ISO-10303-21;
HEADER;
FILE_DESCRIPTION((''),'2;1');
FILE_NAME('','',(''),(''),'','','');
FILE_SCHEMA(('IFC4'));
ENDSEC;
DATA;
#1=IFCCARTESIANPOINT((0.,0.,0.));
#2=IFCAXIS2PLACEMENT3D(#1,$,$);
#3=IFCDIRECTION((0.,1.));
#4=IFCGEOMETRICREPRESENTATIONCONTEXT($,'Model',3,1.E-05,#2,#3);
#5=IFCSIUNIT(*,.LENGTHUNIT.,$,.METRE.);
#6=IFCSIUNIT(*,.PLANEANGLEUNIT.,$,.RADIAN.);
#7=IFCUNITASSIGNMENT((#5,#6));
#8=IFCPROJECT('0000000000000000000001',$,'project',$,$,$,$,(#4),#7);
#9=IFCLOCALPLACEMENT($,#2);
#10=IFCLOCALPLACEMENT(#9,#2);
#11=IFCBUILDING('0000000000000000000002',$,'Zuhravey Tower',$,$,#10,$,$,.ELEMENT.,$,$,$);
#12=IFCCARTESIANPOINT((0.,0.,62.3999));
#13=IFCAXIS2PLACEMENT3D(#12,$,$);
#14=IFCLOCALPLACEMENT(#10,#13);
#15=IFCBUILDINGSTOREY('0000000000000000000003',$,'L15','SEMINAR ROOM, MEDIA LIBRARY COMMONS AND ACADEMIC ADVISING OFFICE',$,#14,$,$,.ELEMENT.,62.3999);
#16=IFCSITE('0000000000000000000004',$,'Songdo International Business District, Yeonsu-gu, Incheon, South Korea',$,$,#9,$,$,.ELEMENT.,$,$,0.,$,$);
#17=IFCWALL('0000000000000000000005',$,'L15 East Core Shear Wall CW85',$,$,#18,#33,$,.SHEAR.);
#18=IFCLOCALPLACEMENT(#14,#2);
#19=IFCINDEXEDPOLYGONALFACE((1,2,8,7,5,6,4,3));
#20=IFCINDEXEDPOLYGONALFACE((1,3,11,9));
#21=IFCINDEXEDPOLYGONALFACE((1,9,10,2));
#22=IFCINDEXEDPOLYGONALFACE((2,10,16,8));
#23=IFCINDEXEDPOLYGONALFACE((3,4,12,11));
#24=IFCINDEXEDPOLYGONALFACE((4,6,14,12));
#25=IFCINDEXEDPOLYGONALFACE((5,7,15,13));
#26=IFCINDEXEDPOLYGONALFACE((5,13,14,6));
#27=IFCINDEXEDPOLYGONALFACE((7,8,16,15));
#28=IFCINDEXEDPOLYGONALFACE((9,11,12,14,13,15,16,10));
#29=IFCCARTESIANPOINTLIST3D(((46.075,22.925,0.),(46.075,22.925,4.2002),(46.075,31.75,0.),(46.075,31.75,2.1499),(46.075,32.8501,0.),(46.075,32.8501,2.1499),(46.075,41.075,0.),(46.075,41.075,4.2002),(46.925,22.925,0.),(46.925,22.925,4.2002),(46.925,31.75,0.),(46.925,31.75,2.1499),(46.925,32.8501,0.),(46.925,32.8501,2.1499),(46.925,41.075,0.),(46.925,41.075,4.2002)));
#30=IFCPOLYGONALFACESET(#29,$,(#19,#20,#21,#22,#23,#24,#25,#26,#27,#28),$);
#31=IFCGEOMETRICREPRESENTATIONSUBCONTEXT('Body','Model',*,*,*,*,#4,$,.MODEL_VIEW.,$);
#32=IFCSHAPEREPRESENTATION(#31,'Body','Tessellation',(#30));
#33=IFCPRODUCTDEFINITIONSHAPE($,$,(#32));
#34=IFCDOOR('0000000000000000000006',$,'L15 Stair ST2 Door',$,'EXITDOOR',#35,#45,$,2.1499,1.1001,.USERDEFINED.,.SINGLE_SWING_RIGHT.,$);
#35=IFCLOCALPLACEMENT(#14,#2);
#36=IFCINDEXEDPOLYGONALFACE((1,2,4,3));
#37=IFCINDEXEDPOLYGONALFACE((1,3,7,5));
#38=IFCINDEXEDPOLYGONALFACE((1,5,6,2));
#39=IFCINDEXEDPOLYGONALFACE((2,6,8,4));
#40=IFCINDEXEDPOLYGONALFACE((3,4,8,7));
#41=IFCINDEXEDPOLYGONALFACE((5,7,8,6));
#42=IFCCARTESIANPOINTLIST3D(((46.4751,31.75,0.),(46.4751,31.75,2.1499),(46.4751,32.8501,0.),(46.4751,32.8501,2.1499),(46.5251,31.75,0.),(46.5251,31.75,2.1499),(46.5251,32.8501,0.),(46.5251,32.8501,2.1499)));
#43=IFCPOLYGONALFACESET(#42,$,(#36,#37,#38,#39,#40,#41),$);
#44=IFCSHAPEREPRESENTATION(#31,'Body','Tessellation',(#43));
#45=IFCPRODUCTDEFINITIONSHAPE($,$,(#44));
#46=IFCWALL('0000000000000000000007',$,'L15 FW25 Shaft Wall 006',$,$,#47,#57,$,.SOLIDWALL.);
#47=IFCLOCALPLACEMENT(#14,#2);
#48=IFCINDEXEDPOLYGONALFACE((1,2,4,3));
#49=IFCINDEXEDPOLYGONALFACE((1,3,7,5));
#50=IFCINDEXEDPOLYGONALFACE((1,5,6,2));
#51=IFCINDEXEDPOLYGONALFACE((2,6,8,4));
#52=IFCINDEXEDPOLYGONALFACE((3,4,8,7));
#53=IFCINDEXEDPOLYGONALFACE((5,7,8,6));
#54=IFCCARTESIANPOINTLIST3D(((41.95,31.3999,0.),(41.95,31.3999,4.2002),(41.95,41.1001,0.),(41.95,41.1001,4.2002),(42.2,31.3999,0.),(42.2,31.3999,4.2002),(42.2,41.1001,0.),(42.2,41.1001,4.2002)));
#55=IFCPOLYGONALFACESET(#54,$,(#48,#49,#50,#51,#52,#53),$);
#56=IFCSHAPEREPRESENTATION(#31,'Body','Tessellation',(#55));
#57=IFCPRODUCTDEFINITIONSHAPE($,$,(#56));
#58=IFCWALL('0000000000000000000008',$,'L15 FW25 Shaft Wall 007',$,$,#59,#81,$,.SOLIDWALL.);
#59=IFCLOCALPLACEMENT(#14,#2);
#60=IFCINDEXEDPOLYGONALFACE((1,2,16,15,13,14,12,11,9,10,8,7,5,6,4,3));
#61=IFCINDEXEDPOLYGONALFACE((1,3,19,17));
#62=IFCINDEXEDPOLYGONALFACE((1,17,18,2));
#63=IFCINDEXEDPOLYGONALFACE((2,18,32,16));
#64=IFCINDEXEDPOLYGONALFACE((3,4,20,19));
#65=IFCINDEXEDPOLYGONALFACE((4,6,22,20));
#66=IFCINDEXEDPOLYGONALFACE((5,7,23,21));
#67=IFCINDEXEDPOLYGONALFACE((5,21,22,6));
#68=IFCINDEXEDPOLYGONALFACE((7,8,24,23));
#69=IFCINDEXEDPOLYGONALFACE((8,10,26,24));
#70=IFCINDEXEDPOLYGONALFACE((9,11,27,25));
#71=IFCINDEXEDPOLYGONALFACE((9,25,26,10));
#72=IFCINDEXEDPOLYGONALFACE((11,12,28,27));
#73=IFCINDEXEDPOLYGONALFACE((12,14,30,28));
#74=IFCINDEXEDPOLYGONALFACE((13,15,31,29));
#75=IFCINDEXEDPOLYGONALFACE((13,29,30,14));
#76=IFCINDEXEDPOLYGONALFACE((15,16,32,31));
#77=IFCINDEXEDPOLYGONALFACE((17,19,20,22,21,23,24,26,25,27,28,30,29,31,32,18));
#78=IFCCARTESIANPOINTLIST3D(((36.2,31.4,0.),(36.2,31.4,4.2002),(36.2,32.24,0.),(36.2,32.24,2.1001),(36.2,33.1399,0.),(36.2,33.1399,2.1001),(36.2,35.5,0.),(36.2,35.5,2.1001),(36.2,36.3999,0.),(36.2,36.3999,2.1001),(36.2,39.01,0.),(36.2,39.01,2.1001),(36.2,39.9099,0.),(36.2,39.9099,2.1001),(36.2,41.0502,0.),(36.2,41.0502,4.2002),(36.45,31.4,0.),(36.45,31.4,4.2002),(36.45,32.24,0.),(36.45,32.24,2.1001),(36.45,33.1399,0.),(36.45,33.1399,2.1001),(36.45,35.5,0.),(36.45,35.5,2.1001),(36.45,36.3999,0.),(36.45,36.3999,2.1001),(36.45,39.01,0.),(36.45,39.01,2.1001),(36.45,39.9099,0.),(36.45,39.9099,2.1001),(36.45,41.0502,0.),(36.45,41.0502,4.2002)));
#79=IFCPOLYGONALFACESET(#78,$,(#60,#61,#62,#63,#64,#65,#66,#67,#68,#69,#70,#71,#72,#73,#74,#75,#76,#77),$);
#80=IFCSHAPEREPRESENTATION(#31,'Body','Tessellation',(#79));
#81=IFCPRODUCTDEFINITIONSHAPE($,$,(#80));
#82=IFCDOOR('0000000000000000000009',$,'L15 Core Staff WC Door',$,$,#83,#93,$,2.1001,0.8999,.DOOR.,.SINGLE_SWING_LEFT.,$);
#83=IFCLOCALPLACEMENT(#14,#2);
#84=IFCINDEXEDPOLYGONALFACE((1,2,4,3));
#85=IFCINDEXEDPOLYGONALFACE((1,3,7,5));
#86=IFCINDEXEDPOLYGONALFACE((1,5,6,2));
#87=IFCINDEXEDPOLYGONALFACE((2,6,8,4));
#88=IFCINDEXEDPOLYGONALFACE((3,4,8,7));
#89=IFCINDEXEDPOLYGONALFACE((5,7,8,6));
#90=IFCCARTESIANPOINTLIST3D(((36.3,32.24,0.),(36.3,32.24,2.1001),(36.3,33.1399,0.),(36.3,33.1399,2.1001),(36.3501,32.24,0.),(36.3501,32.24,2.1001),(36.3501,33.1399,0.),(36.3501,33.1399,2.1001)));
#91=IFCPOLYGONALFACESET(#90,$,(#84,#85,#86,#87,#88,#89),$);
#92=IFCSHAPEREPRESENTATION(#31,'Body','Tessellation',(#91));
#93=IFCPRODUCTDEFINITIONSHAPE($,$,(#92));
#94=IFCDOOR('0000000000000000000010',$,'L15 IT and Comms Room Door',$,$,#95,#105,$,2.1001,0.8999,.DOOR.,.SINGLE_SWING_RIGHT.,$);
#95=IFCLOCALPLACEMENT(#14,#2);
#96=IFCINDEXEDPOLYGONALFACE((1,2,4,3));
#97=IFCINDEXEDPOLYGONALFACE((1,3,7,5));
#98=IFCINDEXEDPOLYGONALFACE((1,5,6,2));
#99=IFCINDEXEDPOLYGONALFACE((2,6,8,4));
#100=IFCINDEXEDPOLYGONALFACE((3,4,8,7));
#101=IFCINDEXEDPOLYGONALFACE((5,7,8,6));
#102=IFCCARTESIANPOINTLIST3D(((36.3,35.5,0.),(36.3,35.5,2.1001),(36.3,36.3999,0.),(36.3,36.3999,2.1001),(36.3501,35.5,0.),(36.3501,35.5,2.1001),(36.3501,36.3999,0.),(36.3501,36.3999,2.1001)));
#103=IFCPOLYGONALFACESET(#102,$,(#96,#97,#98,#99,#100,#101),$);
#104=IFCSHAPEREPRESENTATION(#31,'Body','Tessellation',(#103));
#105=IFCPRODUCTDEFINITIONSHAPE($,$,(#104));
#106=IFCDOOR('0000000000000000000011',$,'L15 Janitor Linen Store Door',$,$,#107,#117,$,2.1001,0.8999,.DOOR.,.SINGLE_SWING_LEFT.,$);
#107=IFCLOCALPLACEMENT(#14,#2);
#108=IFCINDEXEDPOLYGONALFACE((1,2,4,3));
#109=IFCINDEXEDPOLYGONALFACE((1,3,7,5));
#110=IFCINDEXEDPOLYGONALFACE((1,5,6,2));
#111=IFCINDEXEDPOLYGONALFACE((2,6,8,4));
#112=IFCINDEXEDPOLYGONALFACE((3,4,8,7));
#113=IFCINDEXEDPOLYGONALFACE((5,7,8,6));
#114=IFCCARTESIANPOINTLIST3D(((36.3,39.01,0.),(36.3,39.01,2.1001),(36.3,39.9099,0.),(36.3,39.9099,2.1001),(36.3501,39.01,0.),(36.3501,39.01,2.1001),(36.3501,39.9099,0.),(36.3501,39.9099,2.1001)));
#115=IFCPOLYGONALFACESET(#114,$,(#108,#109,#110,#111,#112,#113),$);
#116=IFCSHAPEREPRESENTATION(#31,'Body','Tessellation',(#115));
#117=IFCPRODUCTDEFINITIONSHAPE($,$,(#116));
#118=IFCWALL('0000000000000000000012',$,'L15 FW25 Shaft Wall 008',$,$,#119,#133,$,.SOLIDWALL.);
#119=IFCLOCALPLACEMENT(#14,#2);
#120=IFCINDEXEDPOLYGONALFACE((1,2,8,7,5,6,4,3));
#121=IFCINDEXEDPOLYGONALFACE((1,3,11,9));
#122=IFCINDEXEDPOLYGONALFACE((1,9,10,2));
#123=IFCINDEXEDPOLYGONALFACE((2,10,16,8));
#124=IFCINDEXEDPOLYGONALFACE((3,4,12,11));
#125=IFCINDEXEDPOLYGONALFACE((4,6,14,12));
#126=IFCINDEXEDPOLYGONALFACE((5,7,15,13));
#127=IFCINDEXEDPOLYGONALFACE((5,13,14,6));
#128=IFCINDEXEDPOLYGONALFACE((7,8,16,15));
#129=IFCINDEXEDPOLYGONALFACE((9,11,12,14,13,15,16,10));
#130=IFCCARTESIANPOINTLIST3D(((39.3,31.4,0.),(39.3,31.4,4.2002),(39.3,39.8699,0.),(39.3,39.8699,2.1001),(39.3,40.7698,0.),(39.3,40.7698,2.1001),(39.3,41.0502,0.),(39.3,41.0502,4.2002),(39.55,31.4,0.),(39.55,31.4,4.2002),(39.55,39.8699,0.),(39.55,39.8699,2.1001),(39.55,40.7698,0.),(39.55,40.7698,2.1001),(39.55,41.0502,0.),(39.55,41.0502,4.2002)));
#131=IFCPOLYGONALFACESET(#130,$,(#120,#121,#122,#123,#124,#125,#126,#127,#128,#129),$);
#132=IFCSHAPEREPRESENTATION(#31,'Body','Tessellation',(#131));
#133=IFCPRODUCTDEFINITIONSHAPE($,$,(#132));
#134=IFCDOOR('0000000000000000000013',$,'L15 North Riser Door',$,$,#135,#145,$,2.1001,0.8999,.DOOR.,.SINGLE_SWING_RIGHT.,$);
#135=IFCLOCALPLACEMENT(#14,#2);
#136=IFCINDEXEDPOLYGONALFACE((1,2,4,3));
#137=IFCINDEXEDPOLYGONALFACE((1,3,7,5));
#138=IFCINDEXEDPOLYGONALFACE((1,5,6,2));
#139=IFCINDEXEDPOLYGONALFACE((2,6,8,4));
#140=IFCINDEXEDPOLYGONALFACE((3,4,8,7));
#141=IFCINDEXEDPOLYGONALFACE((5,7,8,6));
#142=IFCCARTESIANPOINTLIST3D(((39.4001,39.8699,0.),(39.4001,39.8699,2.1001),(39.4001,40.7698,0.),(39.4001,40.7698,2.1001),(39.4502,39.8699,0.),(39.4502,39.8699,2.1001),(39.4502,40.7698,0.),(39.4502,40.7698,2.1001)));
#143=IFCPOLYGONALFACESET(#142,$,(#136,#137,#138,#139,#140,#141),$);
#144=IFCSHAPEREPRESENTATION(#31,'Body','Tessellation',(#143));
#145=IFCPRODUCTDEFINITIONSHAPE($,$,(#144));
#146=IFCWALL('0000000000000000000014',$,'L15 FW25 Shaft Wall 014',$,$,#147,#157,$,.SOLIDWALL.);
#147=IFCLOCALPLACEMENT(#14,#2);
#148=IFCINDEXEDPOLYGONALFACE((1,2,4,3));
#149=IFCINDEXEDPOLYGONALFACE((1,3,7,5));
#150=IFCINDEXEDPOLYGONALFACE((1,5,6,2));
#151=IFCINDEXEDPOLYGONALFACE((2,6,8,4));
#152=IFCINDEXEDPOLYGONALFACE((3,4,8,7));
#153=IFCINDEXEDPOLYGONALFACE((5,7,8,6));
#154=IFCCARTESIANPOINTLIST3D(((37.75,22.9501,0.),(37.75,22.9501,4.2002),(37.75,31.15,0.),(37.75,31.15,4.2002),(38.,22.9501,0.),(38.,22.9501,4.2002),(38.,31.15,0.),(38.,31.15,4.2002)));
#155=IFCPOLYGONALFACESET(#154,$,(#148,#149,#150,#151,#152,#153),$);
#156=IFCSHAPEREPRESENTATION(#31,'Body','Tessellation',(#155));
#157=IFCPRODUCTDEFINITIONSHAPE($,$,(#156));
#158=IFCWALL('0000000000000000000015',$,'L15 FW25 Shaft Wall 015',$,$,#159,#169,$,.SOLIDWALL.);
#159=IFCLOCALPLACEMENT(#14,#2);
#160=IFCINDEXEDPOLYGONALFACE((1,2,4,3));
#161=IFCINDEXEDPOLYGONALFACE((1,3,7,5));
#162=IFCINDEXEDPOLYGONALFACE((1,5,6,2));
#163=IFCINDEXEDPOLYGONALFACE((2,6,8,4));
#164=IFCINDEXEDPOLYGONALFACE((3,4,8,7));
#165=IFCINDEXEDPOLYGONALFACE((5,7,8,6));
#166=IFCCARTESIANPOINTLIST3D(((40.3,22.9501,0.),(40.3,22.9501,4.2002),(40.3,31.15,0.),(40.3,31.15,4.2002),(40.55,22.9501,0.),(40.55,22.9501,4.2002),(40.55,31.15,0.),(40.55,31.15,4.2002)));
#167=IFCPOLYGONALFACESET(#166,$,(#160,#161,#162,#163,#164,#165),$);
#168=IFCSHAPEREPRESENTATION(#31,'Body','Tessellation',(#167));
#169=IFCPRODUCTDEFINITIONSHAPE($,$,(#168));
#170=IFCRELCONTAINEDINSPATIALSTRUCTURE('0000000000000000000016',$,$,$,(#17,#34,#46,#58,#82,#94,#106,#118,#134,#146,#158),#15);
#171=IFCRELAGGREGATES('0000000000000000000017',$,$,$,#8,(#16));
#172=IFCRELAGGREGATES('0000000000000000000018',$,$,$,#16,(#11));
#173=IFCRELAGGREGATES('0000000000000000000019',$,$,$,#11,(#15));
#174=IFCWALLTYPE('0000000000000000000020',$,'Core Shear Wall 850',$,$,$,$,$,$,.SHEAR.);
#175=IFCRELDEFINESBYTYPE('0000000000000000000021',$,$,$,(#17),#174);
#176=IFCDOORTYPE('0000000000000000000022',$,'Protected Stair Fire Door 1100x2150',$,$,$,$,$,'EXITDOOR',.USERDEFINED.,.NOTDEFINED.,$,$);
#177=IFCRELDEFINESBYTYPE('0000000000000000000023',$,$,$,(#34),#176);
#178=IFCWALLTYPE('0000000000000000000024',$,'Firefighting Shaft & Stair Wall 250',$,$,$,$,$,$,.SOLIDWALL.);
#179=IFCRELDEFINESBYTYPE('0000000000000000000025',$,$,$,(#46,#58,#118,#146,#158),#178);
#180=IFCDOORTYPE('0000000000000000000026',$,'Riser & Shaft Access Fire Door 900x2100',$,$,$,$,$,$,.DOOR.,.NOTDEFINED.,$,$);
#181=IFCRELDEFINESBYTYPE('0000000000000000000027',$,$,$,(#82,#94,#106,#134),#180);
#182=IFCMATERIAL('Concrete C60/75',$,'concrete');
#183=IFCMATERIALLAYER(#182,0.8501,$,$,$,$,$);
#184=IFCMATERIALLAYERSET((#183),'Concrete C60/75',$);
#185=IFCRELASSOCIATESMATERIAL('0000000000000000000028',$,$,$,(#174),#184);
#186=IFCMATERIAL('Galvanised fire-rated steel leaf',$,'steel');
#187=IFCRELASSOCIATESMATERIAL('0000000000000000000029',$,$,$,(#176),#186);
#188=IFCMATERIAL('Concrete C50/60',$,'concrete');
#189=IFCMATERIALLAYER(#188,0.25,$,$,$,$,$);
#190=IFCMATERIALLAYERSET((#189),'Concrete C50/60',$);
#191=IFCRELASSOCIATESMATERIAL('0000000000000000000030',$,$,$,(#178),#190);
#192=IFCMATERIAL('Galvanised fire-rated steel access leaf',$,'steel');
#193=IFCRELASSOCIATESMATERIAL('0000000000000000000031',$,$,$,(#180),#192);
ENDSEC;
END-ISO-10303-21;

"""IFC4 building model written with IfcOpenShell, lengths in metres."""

from ifc_helpers import new_model, si_unit, direction, frame, frame_2d, origin, place, context, subcontext, project, spatial, rectangle, extrude, material, layer, layer_set, type_object, element, fill, save


model = new_model("IFC4")

# Units and contexts
model_context = context("Model", 3, precision=1e-05, world=origin(), true_north=direction((0.0, 1.0)))
body_context = subcontext(model_context, "Body", "Model", "MODEL_VIEW")
ifc_project = project(units=[si_unit("LENGTHUNIT", "METRE"), si_unit("PLANEANGLEUNIT", "RADIAN")], contexts=[model_context])

# Site, building, storey
site_placement = place(None, origin())
site = spatial("IfcSite", under=ifc_project, at=site_placement, Name="Songdo International Business District, Yeonsu-gu, Incheon, South Korea", CompositionType="ELEMENT", RefElevation=0.0)
building_placement = place(site_placement, origin())
building = spatial("IfcBuilding", under=site, at=building_placement, Name="Zuhravey Tower", CompositionType="ELEMENT")
storey_placement = place(building_placement, frame((0.0, 0.0, 62.3999)))
storey = spatial("IfcBuildingStorey", under=building, at=storey_placement, Name="L15", Description="SEMINAR ROOM, MEDIA LIBRARY COMMONS AND ACADEMIC ADVISING OFFICE", CompositionType="ELEMENT", Elevation=62.3999)

# Wall, opening, door
ifc_material_1 = material(Name="Concrete C60/75", Category="concrete")
ifc_layer_1 = layer(ifc_material_1, 0.8501)
ifc_layer_set_1 = layer_set([ifc_layer_1], Name="Concrete C60/75")
wall_type_1 = type_object("IfcWallType", Name="Core Shear Wall 850", PredefinedType="SHEAR", material=ifc_layer_set_1)
wall_1_placement = place(storey_placement, frame((46.5, 22.925, 0.0), z_axis=(0.0, 0.0, 1.0), x_axis=(0.0, 1.0, 0.0)))
wall_1 = element("IfcWall", 1, at=wall_1_placement, inside=storey, type_object=wall_type_1, Name="L15 East Core Shear Wall CW85", PredefinedType="SHEAR", context=body_context, shape_type="SweptSolid", body=[
    extrude(rectangle(XDim=18.1499, YDim=0.8501, at=frame_2d((9.075, 0.0))), origin(), (0.0, 0.0, 1.0), 4.2002),
])
opening_1_placement = place(wall_1_placement, frame((8.825, 0.0, 0.0)))
opening_1 = element("IfcOpeningElement", 2, at=opening_1_placement, cuts=wall_1, PredefinedType="OPENING", context=body_context, shape_type="SweptSolid", body=[
    extrude(rectangle(XDim=1.1001, YDim=2.1499, at=frame_2d((0.55, 1.075))), frame((0.0, 0.437, 0.0), z_axis=(0.0, -1.0, 0.0), x_axis=(1.0, 0.0, 0.0)), (0.0, 0.0, 1.0), 0.874),
])
ifc_material_2 = material(Name="Galvanised fire-rated steel leaf", Category="steel")
door_type_1 = type_object("IfcDoorType", Name="Protected Stair Fire Door 1100x2150", ElementType="EXITDOOR", OperationType="NOTDEFINED", PredefinedType="USERDEFINED", material=ifc_material_2)
door_1_placement = place(opening_1_placement, origin())
door_1 = element("IfcDoor", 3, at=door_1_placement, inside=storey, type_object=door_type_1, Name="L15 Stair ST2 Door", ObjectType="EXITDOOR", OperationType="SINGLE_SWING_RIGHT", OverallHeight=2.1499, OverallWidth=1.1001, PredefinedType="USERDEFINED", context=body_context, shape_type="SweptSolid", body=[
    extrude(rectangle(XDim=1.1001, YDim=2.1499, at=frame_2d((0.55, 1.075))), frame((0.0, 0.0249, 0.0), z_axis=(0.0, -1.0, 0.0), x_axis=(1.0, 0.0, 0.0)), (0.0, 0.0, 1.0), 0.05),
])
fill(opening_1, door_1)

# Wall
ifc_material_3 = material(Name="Concrete C50/60", Category="concrete")
ifc_layer_2 = layer(ifc_material_3, 0.25)
ifc_layer_set_2 = layer_set([ifc_layer_2], Name="Concrete C50/60")
wall_type_2 = type_object("IfcWallType", Name="Firefighting Shaft & Stair Wall 250", PredefinedType="SOLIDWALL", material=ifc_layer_set_2)
wall_2_placement = place(storey_placement, frame((42.075, 31.3999, 0.0), z_axis=(0.0, 0.0, 1.0), x_axis=(0.0, 1.0, 0.0)))
element("IfcWall", 4, at=wall_2_placement, inside=storey, type_object=wall_type_2, Name="L15 FW25 Shaft Wall 006", PredefinedType="SOLIDWALL", context=body_context, shape_type="SweptSolid", body=[
    extrude(rectangle(XDim=9.7002, YDim=0.25, at=frame_2d((4.8501, 0.0))), origin(), (0.0, 0.0, 1.0), 4.2002),
])

# Wall, openings, doors
wall_3_placement = place(storey_placement, frame((36.325, 31.3999, 0.0), z_axis=(0.0, 0.0, 1.0), x_axis=(0.0, 1.0, 0.0)))
wall_3 = element("IfcWall", 5, at=wall_3_placement, inside=storey, type_object=wall_type_2, Name="L15 FW25 Shaft Wall 007", PredefinedType="SOLIDWALL", context=body_context, shape_type="SweptSolid", body=[
    extrude(rectangle(XDim=9.6501, YDim=0.25, at=frame_2d((4.8252, 0.0))), origin(), (0.0, 0.0, 1.0), 4.2002),
])
opening_2_placement = place(wall_3_placement, frame((0.8401, 0.0, 0.0)))
opening_2 = element("IfcOpeningElement", 6, at=opening_2_placement, cuts=wall_3, PredefinedType="OPENING", context=body_context, shape_type="SweptSolid", body=[
    extrude(rectangle(XDim=0.8999, YDim=2.1001, at=frame_2d((0.45, 1.05))), frame((0.0, 0.137, 0.0), z_axis=(0.0, -1.0, 0.0), x_axis=(1.0, 0.0, 0.0)), (0.0, 0.0, 1.0), 0.2739),
])
opening_3_placement = place(wall_3_placement, frame((4.1001, 0.0, 0.0)))
opening_3 = element("IfcOpeningElement", 7, at=opening_3_placement, cuts=wall_3, PredefinedType="OPENING", context=body_context, shape_type="SweptSolid", body=[
    extrude(rectangle(XDim=0.8999, YDim=2.1001, at=frame_2d((0.45, 1.05))), frame((0.0, 0.137, 0.0), z_axis=(0.0, -1.0, 0.0), x_axis=(1.0, 0.0, 0.0)), (0.0, 0.0, 1.0), 0.2739),
])
opening_4_placement = place(wall_3_placement, frame((7.6101, 0.0, 0.0)))
opening_4 = element("IfcOpeningElement", 8, at=opening_4_placement, cuts=wall_3, PredefinedType="OPENING", context=body_context, shape_type="SweptSolid", body=[
    extrude(rectangle(XDim=0.8999, YDim=2.1001, at=frame_2d((0.45, 1.05))), frame((0.0, 0.137, 0.0), z_axis=(0.0, -1.0, 0.0), x_axis=(1.0, 0.0, 0.0)), (0.0, 0.0, 1.0), 0.2739),
])
ifc_material_4 = material(Name="Galvanised fire-rated steel access leaf", Category="steel")
door_type_2 = type_object("IfcDoorType", Name="Riser & Shaft Access Fire Door 900x2100", OperationType="NOTDEFINED", PredefinedType="DOOR", material=ifc_material_4)
door_2_placement = place(opening_2_placement, origin())
door_2 = element("IfcDoor", 9, at=door_2_placement, inside=storey, type_object=door_type_2, Name="L15 Core Staff WC Door", OperationType="SINGLE_SWING_LEFT", OverallHeight=2.1001, OverallWidth=0.8999, PredefinedType="DOOR", context=body_context, shape_type="SweptSolid", body=[
    extrude(rectangle(XDim=0.8999, YDim=2.1001, at=frame_2d((0.45, 1.05))), frame((0.0, 0.0249, 0.0), z_axis=(0.0, -1.0, 0.0), x_axis=(1.0, 0.0, 0.0)), (0.0, 0.0, 1.0), 0.05),
])
fill(opening_2, door_2)
door_3_placement = place(opening_3_placement, origin())
door_3 = element("IfcDoor", 10, at=door_3_placement, inside=storey, type_object=door_type_2, Name="L15 IT and Comms Room Door", OperationType="SINGLE_SWING_RIGHT", OverallHeight=2.1001, OverallWidth=0.8999, PredefinedType="DOOR", context=body_context, shape_type="SweptSolid", body=[
    extrude(rectangle(XDim=0.8999, YDim=2.1001, at=frame_2d((0.45, 1.05))), frame((0.0, 0.0249, 0.0), z_axis=(0.0, -1.0, 0.0), x_axis=(1.0, 0.0, 0.0)), (0.0, 0.0, 1.0), 0.05),
])
fill(opening_3, door_3)
door_4_placement = place(opening_4_placement, origin())
door_4 = element("IfcDoor", 11, at=door_4_placement, inside=storey, type_object=door_type_2, Name="L15 Janitor Linen Store Door", OperationType="SINGLE_SWING_LEFT", OverallHeight=2.1001, OverallWidth=0.8999, PredefinedType="DOOR", context=body_context, shape_type="SweptSolid", body=[
    extrude(rectangle(XDim=0.8999, YDim=2.1001, at=frame_2d((0.45, 1.05))), frame((0.0, 0.0249, 0.0), z_axis=(0.0, -1.0, 0.0), x_axis=(1.0, 0.0, 0.0)), (0.0, 0.0, 1.0), 0.05),
])
fill(opening_4, door_4)

# Wall, opening, door
wall_4_placement = place(storey_placement, frame((39.425, 31.3999, 0.0), z_axis=(0.0, 0.0, 1.0), x_axis=(0.0, 1.0, 0.0)))
wall_4 = element("IfcWall", 12, at=wall_4_placement, inside=storey, type_object=wall_type_2, Name="L15 FW25 Shaft Wall 008", PredefinedType="SOLIDWALL", context=body_context, shape_type="SweptSolid", body=[
    extrude(rectangle(XDim=9.6501, YDim=0.25, at=frame_2d((4.8252, 0.0))), origin(), (0.0, 0.0, 1.0), 4.2002),
])
opening_5_placement = place(wall_4_placement, frame((8.47, 0.0, 0.0)))
opening_5 = element("IfcOpeningElement", 13, at=opening_5_placement, cuts=wall_4, PredefinedType="OPENING", context=body_context, shape_type="SweptSolid", body=[
    extrude(rectangle(XDim=0.8999, YDim=2.1001, at=frame_2d((0.45, 1.05))), frame((0.0, 0.137, 0.0), z_axis=(0.0, -1.0, 0.0), x_axis=(1.0, 0.0, 0.0)), (0.0, 0.0, 1.0), 0.2739),
])
door_5_placement = place(opening_5_placement, origin())
door_5 = element("IfcDoor", 14, at=door_5_placement, inside=storey, type_object=door_type_2, Name="L15 North Riser Door", OperationType="SINGLE_SWING_RIGHT", OverallHeight=2.1001, OverallWidth=0.8999, PredefinedType="DOOR", context=body_context, shape_type="SweptSolid", body=[
    extrude(rectangle(XDim=0.8999, YDim=2.1001, at=frame_2d((0.45, 1.05))), frame((0.0, 0.0249, 0.0), z_axis=(0.0, -1.0, 0.0), x_axis=(1.0, 0.0, 0.0)), (0.0, 0.0, 1.0), 0.05),
])
fill(opening_5, door_5)

# Walls
for number, where, z_axis, x_axis, name in (
    (15, (37.875, 22.95, 0.0), (0.0, 0.0, 1.0), (0.0, 1.0, 0.0), "L15 FW25 Shaft Wall 014"),
    (16, (40.425, 22.95, 0.0), (0.0, 0.0, 1.0), (0.0, 1.0, 0.0), "L15 FW25 Shaft Wall 015"),
):
    element("IfcWall", number, at=place(storey_placement, frame(where, z_axis=z_axis, x_axis=x_axis)), inside=storey, type_object=wall_type_2, Name=name, PredefinedType="SOLIDWALL", context=body_context, shape_type="SweptSolid", body=[
        extrude(rectangle(XDim=8.2, YDim=0.25, at=frame_2d((4.1001, 0.0))), origin(), (0.0, 0.0, 1.0), 4.2002),
    ])

save(model, "model.ifc")
